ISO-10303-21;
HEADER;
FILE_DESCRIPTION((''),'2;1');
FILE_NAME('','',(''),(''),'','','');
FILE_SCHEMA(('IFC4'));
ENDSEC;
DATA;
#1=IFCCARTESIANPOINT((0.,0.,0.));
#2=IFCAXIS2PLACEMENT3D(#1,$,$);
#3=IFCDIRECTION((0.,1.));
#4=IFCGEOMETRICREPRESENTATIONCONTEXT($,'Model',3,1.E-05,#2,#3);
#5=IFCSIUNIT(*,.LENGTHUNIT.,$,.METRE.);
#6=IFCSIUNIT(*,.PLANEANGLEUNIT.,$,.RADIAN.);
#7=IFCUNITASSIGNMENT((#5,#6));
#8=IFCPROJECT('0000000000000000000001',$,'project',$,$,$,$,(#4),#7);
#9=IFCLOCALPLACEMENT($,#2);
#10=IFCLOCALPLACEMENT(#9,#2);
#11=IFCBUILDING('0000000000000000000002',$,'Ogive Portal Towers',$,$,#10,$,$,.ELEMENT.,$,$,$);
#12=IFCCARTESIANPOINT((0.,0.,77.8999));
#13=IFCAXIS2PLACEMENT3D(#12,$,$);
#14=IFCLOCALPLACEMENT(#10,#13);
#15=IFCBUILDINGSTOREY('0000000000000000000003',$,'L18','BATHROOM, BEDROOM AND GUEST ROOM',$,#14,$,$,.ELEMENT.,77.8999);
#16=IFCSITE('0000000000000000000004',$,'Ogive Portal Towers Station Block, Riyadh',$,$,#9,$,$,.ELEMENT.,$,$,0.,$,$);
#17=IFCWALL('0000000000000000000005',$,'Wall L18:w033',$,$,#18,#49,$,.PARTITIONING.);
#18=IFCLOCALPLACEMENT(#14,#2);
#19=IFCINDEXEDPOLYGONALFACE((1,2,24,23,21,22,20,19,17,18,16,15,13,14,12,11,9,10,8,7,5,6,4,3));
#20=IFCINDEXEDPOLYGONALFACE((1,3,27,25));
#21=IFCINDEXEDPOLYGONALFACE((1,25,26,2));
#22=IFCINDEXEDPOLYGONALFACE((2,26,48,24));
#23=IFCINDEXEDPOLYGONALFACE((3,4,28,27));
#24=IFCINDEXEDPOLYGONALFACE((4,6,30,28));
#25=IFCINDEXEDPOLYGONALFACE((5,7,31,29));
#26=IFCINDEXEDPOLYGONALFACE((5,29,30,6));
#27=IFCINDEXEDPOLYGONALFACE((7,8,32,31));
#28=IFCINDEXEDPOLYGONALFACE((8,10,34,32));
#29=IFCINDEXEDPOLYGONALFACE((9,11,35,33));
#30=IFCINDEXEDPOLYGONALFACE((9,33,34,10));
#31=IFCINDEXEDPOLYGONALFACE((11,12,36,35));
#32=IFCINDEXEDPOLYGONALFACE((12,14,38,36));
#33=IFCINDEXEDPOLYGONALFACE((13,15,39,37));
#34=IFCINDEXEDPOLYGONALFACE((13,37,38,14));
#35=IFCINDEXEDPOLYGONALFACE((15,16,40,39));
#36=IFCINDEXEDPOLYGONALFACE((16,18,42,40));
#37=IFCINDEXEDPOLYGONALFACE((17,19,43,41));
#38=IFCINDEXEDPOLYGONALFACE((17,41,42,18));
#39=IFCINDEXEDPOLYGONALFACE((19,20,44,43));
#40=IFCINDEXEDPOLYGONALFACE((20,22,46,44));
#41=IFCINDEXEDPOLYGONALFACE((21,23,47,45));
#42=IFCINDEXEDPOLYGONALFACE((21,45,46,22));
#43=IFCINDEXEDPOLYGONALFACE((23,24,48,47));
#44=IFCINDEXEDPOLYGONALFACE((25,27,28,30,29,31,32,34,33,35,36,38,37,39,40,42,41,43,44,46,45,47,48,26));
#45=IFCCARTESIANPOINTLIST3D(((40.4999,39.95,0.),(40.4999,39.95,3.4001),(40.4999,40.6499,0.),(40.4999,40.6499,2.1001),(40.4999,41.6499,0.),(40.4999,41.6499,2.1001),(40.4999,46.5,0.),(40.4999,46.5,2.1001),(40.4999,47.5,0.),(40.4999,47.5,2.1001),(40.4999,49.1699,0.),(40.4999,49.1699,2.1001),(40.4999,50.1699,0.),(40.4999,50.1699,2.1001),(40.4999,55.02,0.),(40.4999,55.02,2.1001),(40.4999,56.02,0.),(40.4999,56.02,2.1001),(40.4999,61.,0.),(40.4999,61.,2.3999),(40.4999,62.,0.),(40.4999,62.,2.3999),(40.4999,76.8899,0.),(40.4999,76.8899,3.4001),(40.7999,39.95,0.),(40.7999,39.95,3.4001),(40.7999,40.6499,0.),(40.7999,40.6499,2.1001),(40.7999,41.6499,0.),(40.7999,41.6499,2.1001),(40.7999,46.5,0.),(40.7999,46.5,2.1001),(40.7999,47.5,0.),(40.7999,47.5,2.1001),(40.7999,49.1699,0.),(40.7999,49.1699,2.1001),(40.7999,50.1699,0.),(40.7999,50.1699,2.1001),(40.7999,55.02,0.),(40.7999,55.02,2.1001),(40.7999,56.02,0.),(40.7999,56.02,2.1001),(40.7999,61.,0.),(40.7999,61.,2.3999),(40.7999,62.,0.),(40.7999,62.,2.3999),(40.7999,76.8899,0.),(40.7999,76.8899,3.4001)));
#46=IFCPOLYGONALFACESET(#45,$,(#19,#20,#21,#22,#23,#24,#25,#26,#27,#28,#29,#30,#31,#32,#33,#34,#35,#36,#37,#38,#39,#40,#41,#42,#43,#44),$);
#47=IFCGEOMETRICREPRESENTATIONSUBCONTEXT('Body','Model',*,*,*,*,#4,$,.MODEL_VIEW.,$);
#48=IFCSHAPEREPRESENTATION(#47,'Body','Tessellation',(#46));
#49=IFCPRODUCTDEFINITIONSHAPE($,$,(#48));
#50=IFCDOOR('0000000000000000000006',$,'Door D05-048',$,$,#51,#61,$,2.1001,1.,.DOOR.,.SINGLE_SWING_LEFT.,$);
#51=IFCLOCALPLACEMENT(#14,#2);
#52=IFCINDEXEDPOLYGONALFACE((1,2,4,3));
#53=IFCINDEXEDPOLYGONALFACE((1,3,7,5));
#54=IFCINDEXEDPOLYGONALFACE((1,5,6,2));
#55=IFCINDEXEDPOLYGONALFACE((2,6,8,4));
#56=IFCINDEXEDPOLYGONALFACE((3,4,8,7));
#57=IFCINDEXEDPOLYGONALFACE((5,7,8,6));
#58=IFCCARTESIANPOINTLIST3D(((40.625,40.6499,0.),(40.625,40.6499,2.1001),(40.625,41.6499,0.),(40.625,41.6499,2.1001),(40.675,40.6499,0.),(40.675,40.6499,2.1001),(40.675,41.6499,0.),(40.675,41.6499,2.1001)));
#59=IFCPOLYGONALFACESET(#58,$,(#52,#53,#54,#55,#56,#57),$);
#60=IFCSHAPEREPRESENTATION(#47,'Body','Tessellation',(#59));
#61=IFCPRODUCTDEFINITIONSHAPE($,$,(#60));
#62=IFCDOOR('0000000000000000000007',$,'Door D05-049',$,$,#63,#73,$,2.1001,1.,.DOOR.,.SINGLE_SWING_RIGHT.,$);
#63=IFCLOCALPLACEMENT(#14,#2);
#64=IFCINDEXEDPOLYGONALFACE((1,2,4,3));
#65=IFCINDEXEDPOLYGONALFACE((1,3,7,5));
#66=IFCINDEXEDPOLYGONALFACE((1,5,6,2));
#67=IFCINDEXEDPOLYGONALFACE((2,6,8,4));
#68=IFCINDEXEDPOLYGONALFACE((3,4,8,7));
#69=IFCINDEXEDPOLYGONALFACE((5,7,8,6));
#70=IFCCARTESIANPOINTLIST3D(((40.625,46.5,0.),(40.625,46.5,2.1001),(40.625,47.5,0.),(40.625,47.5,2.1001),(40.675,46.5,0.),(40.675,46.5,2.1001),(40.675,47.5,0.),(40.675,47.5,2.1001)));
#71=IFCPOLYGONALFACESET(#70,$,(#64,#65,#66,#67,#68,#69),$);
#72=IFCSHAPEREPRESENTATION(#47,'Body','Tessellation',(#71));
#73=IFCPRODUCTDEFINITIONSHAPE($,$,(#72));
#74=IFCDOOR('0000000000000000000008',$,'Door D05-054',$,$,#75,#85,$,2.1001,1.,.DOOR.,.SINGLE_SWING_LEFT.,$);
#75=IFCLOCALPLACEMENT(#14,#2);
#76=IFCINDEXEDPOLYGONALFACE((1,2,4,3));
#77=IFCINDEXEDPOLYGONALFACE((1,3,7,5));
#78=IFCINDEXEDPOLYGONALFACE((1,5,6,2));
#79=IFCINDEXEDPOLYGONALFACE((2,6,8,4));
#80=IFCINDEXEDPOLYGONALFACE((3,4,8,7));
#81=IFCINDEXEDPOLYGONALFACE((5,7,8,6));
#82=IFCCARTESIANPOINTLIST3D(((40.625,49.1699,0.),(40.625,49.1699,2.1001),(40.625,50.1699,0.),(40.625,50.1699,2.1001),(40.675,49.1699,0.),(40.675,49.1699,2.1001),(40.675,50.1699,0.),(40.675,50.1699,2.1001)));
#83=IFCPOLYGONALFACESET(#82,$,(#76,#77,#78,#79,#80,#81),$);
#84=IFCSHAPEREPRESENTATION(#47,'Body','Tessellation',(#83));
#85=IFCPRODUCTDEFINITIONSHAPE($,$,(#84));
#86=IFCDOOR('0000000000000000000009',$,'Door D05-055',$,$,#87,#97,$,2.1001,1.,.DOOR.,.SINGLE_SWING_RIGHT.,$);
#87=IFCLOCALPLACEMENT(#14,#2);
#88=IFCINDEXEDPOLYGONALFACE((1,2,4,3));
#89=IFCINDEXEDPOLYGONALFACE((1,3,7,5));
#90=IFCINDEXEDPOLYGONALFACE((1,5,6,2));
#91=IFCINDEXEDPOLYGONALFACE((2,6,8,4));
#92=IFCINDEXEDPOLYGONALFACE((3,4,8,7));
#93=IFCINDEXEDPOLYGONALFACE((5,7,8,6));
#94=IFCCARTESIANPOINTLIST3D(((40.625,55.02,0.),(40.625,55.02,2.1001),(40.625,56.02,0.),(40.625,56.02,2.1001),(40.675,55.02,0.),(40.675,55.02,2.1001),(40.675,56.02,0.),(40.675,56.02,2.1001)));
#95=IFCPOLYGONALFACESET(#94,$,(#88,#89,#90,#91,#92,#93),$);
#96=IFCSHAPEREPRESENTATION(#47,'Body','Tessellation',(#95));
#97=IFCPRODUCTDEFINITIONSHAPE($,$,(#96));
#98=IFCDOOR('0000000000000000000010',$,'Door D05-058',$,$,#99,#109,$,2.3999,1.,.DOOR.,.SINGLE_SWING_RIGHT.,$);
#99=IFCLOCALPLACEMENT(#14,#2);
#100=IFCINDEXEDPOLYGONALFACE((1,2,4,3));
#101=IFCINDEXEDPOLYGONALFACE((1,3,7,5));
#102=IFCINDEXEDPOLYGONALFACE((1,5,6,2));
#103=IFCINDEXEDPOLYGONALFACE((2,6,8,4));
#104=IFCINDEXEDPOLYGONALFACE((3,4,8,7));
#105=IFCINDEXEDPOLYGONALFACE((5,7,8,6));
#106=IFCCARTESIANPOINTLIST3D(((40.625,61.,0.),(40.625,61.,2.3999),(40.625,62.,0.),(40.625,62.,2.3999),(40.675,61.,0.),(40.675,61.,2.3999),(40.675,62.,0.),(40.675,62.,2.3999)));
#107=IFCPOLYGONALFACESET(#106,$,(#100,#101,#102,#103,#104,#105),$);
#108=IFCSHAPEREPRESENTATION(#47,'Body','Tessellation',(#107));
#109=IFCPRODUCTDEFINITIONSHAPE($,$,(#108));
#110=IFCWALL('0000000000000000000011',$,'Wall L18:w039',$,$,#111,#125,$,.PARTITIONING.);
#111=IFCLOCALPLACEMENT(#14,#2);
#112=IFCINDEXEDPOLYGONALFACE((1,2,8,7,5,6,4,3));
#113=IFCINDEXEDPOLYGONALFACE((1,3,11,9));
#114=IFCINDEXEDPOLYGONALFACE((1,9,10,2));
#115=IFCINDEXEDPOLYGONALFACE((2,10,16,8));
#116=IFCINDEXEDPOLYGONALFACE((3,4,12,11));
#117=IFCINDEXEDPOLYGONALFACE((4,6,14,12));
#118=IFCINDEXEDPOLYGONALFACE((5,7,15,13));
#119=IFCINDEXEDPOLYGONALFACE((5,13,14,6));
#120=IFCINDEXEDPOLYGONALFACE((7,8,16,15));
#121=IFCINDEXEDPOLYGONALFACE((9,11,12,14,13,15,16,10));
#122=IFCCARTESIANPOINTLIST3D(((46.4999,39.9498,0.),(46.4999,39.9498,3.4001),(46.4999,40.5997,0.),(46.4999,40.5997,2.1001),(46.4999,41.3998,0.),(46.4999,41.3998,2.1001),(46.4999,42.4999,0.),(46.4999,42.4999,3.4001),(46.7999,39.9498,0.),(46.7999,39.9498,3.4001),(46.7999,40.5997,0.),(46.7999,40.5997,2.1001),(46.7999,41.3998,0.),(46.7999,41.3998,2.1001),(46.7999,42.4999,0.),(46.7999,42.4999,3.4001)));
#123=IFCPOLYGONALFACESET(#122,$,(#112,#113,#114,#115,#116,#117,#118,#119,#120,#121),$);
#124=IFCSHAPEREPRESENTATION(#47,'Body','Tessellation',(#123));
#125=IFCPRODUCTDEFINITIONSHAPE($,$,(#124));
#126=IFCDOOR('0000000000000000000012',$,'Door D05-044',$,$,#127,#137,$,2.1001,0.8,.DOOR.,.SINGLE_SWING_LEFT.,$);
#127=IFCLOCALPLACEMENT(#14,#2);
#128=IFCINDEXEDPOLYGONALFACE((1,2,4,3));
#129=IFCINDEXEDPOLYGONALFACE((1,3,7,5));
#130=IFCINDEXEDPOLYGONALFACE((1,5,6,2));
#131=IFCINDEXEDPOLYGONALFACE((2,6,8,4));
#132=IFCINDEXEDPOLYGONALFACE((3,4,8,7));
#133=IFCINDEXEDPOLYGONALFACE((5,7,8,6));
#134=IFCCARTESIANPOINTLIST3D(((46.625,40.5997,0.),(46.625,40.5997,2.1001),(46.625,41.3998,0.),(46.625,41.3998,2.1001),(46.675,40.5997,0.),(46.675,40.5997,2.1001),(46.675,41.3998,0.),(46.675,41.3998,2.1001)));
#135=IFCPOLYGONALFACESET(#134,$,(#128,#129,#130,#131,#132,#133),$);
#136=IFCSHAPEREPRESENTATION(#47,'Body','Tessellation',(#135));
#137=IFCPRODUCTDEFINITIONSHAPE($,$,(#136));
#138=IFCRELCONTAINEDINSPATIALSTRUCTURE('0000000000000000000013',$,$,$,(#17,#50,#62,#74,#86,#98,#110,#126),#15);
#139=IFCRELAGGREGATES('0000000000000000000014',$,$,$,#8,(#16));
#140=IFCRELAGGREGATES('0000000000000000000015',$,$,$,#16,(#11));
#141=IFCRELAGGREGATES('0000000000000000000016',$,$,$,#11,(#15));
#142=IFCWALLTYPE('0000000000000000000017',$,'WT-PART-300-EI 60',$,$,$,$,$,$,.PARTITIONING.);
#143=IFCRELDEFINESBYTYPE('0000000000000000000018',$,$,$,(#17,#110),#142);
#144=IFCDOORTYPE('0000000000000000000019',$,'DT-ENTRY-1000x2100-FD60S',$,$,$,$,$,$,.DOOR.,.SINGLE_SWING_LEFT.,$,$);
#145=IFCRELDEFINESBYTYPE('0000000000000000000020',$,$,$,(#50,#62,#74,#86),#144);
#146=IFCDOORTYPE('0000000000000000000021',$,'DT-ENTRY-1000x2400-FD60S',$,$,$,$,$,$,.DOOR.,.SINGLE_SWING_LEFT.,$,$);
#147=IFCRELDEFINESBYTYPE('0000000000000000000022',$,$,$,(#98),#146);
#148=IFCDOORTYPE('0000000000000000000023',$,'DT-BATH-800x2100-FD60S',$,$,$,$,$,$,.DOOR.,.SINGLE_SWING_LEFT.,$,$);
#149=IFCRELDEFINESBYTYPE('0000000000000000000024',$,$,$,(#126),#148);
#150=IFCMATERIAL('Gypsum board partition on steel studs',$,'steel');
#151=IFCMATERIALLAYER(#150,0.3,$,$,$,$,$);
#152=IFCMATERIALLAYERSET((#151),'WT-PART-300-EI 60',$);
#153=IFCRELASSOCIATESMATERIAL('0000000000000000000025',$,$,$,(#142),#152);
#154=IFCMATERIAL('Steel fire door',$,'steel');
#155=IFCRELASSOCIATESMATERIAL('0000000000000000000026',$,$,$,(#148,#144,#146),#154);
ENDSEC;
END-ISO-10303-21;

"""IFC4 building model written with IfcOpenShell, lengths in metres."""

from ifc_helpers import new_model, si_unit, direction, frame, frame_2d, origin, place, context, subcontext, project, spatial, rectangle, extrude, material, layer, layer_set, type_object, element, fill, save


model = new_model("IFC4")

# Units and contexts
model_context = context("Model", 3, precision=1e-05, world=origin(), true_north=direction((0.0, 1.0)))
body_context = subcontext(model_context, "Body", "Model", "MODEL_VIEW")
ifc_project = project(units=[si_unit("LENGTHUNIT", "METRE"), si_unit("PLANEANGLEUNIT", "RADIAN")], contexts=[model_context])

# Site, building, storey
site_placement = place(None, origin())
site = spatial("IfcSite", under=ifc_project, at=site_placement, Name="Ogive Portal Towers Station Block, Riyadh", CompositionType="ELEMENT", RefElevation=0.0)
building_placement = place(site_placement, origin())
building = spatial("IfcBuilding", under=site, at=building_placement, Name="Ogive Portal Towers", CompositionType="ELEMENT")
storey_placement = place(building_placement, frame((0.0, 0.0, 77.8999)))
storey = spatial("IfcBuildingStorey", under=building, at=storey_placement, Name="L18", Description="BATHROOM, BEDROOM AND GUEST ROOM", CompositionType="ELEMENT", Elevation=77.8999)

# Shared definitions
ifc_material_1 = material(Name="Gypsum board partition on steel studs", Category="steel")
ifc_layer_1 = layer(ifc_material_1, 0.3)
ifc_layer_set_1 = layer_set([ifc_layer_1], Name="WT-PART-300-EI 60")
wall_type_1 = type_object("IfcWallType", Name="WT-PART-300-EI 60", PredefinedType="PARTITIONING", material=ifc_layer_set_1)

# Shared definitions
ifc_material_2 = material(Name="Steel fire door", Category="steel")
door_type_1 = type_object("IfcDoorType", Name="DT-BATH-800x2100-FD60S", OperationType="SINGLE_SWING_LEFT", PredefinedType="DOOR", material=ifc_material_2)

# Wall, openings, doors
wall_1_placement = place(storey_placement, frame((40.6499, 39.95, 0.0), z_axis=(0.0, 0.0, 1.0), x_axis=(0.0, 1.0, 0.0)))
wall_1 = element("IfcWall", 1, at=wall_1_placement, inside=storey, type_object=wall_type_1, Name="Wall L18:w033", PredefinedType="PARTITIONING", context=body_context, shape_type="SweptSolid", body=[
    extrude(rectangle(XDim=36.9399, YDim=0.3, at=frame_2d((18.47, 0.0))), origin(), (0.0, 0.0, 1.0), 3.4001),
])
opening_1_placement = place(wall_1_placement, frame((0.7, 0.0, 0.0)))
opening_1 = element("IfcOpeningElement", 2, at=opening_1_placement, cuts=wall_1, PredefinedType="OPENING", context=body_context, shape_type="SweptSolid", body=[
    extrude(rectangle(XDim=1.0, YDim=2.1001, at=frame_2d((0.5, 1.05))), frame((0.0, 0.1602, 0.0), z_axis=(0.0, -1.0, 0.0), x_axis=(1.0, 0.0, 0.0)), (0.0, 0.0, 1.0), 0.3201),
])
opening_2_placement = place(wall_1_placement, frame((6.55, 0.0, 0.0)))
opening_2 = element("IfcOpeningElement", 3, at=opening_2_placement, cuts=wall_1, PredefinedType="OPENING", context=body_context, shape_type="SweptSolid", body=[
    extrude(rectangle(XDim=1.0, YDim=2.1001, at=frame_2d((0.5, 1.05))), frame((0.0, 0.1602, 0.0), z_axis=(0.0, -1.0, 0.0), x_axis=(1.0, 0.0, 0.0)), (0.0, 0.0, 1.0), 0.3201),
])
opening_3_placement = place(wall_1_placement, frame((9.22, 0.0, 0.0)))
opening_3 = element("IfcOpeningElement", 4, at=opening_3_placement, cuts=wall_1, PredefinedType="OPENING", context=body_context, shape_type="SweptSolid", body=[
    extrude(rectangle(XDim=1.0, YDim=2.1001, at=frame_2d((0.5, 1.05))), frame((0.0, 0.1602, 0.0), z_axis=(0.0, -1.0, 0.0), x_axis=(1.0, 0.0, 0.0)), (0.0, 0.0, 1.0), 0.3201),
])
opening_4_placement = place(wall_1_placement, frame((15.0701, 0.0, 0.0)))
opening_4 = element("IfcOpeningElement", 5, at=opening_4_placement, cuts=wall_1, PredefinedType="OPENING", context=body_context, shape_type="SweptSolid", body=[
    extrude(rectangle(XDim=1.0, YDim=2.1001, at=frame_2d((0.5, 1.05))), frame((0.0, 0.1602, 0.0), z_axis=(0.0, -1.0, 0.0), x_axis=(1.0, 0.0, 0.0)), (0.0, 0.0, 1.0), 0.3201),
])
opening_5_placement = place(wall_1_placement, frame((21.05, 0.0, 0.0)))
opening_5 = element("IfcOpeningElement", 6, at=opening_5_placement, cuts=wall_1, PredefinedType="OPENING", context=body_context, shape_type="SweptSolid", body=[
    extrude(rectangle(XDim=1.0, YDim=2.3999, at=frame_2d((0.5, 1.2))), frame((0.0, 0.1602, 0.0), z_axis=(0.0, -1.0, 0.0), x_axis=(1.0, 0.0, 0.0)), (0.0, 0.0, 1.0), 0.3201),
])
door_type_2 = type_object("IfcDoorType", Name="DT-ENTRY-1000x2100-FD60S", OperationType="SINGLE_SWING_LEFT", PredefinedType="DOOR", material=ifc_material_2)
door_1_placement = place(opening_1_placement, origin())
door_1 = element("IfcDoor", 7, at=door_1_placement, inside=storey, type_object=door_type_2, Name="Door D05-048", OperationType="SINGLE_SWING_LEFT", OverallHeight=2.1001, OverallWidth=1.0, PredefinedType="DOOR", context=body_context, shape_type="SweptSolid", body=[
    extrude(rectangle(XDim=1.0, YDim=2.1001, at=frame_2d((0.5, 1.05))), frame((0.0, 0.0249, 0.0), z_axis=(0.0, -1.0, 0.0), x_axis=(1.0, 0.0, 0.0)), (0.0, 0.0, 1.0), 0.05),
])
fill(opening_1, door_1)
door_2_placement = place(opening_2_placement, origin())
door_2 = element("IfcDoor", 8, at=door_2_placement, inside=storey, type_object=door_type_2, Name="Door D05-049", OperationType="SINGLE_SWING_RIGHT", OverallHeight=2.1001, OverallWidth=1.0, PredefinedType="DOOR", context=body_context, shape_type="SweptSolid", body=[
    extrude(rectangle(XDim=1.0, YDim=2.1001, at=frame_2d((0.5, 1.05))), frame((0.0, 0.0249, 0.0), z_axis=(0.0, -1.0, 0.0), x_axis=(1.0, 0.0, 0.0)), (0.0, 0.0, 1.0), 0.05),
])
fill(opening_2, door_2)
door_3_placement = place(opening_3_placement, origin())
door_3 = element("IfcDoor", 9, at=door_3_placement, inside=storey, type_object=door_type_2, Name="Door D05-054", OperationType="SINGLE_SWING_LEFT", OverallHeight=2.1001, OverallWidth=1.0, PredefinedType="DOOR", context=body_context, shape_type="SweptSolid", body=[
    extrude(rectangle(XDim=1.0, YDim=2.1001, at=frame_2d((0.5, 1.05))), frame((0.0, 0.0249, 0.0), z_axis=(0.0, -1.0, 0.0), x_axis=(1.0, 0.0, 0.0)), (0.0, 0.0, 1.0), 0.05),
])
fill(opening_3, door_3)
door_4_placement = place(opening_4_placement, origin())
door_4 = element("IfcDoor", 10, at=door_4_placement, inside=storey, type_object=door_type_2, Name="Door D05-055", OperationType="SINGLE_SWING_RIGHT", OverallHeight=2.1001, OverallWidth=1.0, PredefinedType="DOOR", context=body_context, shape_type="SweptSolid", body=[
    extrude(rectangle(XDim=1.0, YDim=2.1001, at=frame_2d((0.5, 1.05))), frame((0.0, 0.0249, 0.0), z_axis=(0.0, -1.0, 0.0), x_axis=(1.0, 0.0, 0.0)), (0.0, 0.0, 1.0), 0.05),
])
fill(opening_4, door_4)
door_type_3 = type_object("IfcDoorType", Name="DT-ENTRY-1000x2400-FD60S", OperationType="SINGLE_SWING_LEFT", PredefinedType="DOOR", material=ifc_material_2)
door_5_placement = place(opening_5_placement, origin())
door_5 = element("IfcDoor", 11, at=door_5_placement, inside=storey, type_object=door_type_3, Name="Door D05-058", OperationType="SINGLE_SWING_RIGHT", OverallHeight=2.3999, OverallWidth=1.0, PredefinedType="DOOR", context=body_context, shape_type="SweptSolid", body=[
    extrude(rectangle(XDim=1.0, YDim=2.3999, at=frame_2d((0.5, 1.2))), frame((0.0, 0.0249, 0.0), z_axis=(0.0, -1.0, 0.0), x_axis=(1.0, 0.0, 0.0)), (0.0, 0.0, 1.0), 0.05),
])
fill(opening_5, door_5)

# Wall, opening, door
wall_2_placement = place(storey_placement, frame((46.6499, 39.95, 0.0), z_axis=(0.0, 0.0, 1.0), x_axis=(0.0, 1.0, 0.0)))
wall_2 = element("IfcWall", 12, at=wall_2_placement, inside=storey, type_object=wall_type_1, Name="Wall L18:w039", PredefinedType="PARTITIONING", context=body_context, shape_type="SweptSolid", body=[
    extrude(rectangle(XDim=2.55, YDim=0.3, at=frame_2d((1.2749, 0.0))), origin(), (0.0, 0.0, 1.0), 3.4001),
])
opening_6_placement = place(wall_2_placement, frame((0.6499, 0.0, 0.0)))
opening_6 = element("IfcOpeningElement", 13, at=opening_6_placement, cuts=wall_2, PredefinedType="OPENING", context=body_context, shape_type="SweptSolid", body=[
    extrude(rectangle(XDim=0.8, YDim=2.1001, at=frame_2d((0.3999, 1.05))), frame((0.0, 0.1602, 0.0), z_axis=(0.0, -1.0, 0.0), x_axis=(1.0, 0.0, 0.0)), (0.0, 0.0, 1.0), 0.3201),
])
door_6_placement = place(opening_6_placement, origin())
door_6 = element("IfcDoor", 14, at=door_6_placement, inside=storey, type_object=door_type_1, Name="Door D05-044", OperationType="SINGLE_SWING_LEFT", OverallHeight=2.1001, OverallWidth=0.8, PredefinedType="DOOR", context=body_context, shape_type="SweptSolid", body=[
    extrude(rectangle(XDim=0.8, YDim=2.1001, at=frame_2d((0.3999, 1.05))), frame((0.0, 0.0249, 0.0), z_axis=(0.0, -1.0, 0.0), x_axis=(1.0, 0.0, 0.0)), (0.0, 0.0, 1.0), 0.05),
])
fill(opening_6, door_6)

save(model, "model.ifc")
